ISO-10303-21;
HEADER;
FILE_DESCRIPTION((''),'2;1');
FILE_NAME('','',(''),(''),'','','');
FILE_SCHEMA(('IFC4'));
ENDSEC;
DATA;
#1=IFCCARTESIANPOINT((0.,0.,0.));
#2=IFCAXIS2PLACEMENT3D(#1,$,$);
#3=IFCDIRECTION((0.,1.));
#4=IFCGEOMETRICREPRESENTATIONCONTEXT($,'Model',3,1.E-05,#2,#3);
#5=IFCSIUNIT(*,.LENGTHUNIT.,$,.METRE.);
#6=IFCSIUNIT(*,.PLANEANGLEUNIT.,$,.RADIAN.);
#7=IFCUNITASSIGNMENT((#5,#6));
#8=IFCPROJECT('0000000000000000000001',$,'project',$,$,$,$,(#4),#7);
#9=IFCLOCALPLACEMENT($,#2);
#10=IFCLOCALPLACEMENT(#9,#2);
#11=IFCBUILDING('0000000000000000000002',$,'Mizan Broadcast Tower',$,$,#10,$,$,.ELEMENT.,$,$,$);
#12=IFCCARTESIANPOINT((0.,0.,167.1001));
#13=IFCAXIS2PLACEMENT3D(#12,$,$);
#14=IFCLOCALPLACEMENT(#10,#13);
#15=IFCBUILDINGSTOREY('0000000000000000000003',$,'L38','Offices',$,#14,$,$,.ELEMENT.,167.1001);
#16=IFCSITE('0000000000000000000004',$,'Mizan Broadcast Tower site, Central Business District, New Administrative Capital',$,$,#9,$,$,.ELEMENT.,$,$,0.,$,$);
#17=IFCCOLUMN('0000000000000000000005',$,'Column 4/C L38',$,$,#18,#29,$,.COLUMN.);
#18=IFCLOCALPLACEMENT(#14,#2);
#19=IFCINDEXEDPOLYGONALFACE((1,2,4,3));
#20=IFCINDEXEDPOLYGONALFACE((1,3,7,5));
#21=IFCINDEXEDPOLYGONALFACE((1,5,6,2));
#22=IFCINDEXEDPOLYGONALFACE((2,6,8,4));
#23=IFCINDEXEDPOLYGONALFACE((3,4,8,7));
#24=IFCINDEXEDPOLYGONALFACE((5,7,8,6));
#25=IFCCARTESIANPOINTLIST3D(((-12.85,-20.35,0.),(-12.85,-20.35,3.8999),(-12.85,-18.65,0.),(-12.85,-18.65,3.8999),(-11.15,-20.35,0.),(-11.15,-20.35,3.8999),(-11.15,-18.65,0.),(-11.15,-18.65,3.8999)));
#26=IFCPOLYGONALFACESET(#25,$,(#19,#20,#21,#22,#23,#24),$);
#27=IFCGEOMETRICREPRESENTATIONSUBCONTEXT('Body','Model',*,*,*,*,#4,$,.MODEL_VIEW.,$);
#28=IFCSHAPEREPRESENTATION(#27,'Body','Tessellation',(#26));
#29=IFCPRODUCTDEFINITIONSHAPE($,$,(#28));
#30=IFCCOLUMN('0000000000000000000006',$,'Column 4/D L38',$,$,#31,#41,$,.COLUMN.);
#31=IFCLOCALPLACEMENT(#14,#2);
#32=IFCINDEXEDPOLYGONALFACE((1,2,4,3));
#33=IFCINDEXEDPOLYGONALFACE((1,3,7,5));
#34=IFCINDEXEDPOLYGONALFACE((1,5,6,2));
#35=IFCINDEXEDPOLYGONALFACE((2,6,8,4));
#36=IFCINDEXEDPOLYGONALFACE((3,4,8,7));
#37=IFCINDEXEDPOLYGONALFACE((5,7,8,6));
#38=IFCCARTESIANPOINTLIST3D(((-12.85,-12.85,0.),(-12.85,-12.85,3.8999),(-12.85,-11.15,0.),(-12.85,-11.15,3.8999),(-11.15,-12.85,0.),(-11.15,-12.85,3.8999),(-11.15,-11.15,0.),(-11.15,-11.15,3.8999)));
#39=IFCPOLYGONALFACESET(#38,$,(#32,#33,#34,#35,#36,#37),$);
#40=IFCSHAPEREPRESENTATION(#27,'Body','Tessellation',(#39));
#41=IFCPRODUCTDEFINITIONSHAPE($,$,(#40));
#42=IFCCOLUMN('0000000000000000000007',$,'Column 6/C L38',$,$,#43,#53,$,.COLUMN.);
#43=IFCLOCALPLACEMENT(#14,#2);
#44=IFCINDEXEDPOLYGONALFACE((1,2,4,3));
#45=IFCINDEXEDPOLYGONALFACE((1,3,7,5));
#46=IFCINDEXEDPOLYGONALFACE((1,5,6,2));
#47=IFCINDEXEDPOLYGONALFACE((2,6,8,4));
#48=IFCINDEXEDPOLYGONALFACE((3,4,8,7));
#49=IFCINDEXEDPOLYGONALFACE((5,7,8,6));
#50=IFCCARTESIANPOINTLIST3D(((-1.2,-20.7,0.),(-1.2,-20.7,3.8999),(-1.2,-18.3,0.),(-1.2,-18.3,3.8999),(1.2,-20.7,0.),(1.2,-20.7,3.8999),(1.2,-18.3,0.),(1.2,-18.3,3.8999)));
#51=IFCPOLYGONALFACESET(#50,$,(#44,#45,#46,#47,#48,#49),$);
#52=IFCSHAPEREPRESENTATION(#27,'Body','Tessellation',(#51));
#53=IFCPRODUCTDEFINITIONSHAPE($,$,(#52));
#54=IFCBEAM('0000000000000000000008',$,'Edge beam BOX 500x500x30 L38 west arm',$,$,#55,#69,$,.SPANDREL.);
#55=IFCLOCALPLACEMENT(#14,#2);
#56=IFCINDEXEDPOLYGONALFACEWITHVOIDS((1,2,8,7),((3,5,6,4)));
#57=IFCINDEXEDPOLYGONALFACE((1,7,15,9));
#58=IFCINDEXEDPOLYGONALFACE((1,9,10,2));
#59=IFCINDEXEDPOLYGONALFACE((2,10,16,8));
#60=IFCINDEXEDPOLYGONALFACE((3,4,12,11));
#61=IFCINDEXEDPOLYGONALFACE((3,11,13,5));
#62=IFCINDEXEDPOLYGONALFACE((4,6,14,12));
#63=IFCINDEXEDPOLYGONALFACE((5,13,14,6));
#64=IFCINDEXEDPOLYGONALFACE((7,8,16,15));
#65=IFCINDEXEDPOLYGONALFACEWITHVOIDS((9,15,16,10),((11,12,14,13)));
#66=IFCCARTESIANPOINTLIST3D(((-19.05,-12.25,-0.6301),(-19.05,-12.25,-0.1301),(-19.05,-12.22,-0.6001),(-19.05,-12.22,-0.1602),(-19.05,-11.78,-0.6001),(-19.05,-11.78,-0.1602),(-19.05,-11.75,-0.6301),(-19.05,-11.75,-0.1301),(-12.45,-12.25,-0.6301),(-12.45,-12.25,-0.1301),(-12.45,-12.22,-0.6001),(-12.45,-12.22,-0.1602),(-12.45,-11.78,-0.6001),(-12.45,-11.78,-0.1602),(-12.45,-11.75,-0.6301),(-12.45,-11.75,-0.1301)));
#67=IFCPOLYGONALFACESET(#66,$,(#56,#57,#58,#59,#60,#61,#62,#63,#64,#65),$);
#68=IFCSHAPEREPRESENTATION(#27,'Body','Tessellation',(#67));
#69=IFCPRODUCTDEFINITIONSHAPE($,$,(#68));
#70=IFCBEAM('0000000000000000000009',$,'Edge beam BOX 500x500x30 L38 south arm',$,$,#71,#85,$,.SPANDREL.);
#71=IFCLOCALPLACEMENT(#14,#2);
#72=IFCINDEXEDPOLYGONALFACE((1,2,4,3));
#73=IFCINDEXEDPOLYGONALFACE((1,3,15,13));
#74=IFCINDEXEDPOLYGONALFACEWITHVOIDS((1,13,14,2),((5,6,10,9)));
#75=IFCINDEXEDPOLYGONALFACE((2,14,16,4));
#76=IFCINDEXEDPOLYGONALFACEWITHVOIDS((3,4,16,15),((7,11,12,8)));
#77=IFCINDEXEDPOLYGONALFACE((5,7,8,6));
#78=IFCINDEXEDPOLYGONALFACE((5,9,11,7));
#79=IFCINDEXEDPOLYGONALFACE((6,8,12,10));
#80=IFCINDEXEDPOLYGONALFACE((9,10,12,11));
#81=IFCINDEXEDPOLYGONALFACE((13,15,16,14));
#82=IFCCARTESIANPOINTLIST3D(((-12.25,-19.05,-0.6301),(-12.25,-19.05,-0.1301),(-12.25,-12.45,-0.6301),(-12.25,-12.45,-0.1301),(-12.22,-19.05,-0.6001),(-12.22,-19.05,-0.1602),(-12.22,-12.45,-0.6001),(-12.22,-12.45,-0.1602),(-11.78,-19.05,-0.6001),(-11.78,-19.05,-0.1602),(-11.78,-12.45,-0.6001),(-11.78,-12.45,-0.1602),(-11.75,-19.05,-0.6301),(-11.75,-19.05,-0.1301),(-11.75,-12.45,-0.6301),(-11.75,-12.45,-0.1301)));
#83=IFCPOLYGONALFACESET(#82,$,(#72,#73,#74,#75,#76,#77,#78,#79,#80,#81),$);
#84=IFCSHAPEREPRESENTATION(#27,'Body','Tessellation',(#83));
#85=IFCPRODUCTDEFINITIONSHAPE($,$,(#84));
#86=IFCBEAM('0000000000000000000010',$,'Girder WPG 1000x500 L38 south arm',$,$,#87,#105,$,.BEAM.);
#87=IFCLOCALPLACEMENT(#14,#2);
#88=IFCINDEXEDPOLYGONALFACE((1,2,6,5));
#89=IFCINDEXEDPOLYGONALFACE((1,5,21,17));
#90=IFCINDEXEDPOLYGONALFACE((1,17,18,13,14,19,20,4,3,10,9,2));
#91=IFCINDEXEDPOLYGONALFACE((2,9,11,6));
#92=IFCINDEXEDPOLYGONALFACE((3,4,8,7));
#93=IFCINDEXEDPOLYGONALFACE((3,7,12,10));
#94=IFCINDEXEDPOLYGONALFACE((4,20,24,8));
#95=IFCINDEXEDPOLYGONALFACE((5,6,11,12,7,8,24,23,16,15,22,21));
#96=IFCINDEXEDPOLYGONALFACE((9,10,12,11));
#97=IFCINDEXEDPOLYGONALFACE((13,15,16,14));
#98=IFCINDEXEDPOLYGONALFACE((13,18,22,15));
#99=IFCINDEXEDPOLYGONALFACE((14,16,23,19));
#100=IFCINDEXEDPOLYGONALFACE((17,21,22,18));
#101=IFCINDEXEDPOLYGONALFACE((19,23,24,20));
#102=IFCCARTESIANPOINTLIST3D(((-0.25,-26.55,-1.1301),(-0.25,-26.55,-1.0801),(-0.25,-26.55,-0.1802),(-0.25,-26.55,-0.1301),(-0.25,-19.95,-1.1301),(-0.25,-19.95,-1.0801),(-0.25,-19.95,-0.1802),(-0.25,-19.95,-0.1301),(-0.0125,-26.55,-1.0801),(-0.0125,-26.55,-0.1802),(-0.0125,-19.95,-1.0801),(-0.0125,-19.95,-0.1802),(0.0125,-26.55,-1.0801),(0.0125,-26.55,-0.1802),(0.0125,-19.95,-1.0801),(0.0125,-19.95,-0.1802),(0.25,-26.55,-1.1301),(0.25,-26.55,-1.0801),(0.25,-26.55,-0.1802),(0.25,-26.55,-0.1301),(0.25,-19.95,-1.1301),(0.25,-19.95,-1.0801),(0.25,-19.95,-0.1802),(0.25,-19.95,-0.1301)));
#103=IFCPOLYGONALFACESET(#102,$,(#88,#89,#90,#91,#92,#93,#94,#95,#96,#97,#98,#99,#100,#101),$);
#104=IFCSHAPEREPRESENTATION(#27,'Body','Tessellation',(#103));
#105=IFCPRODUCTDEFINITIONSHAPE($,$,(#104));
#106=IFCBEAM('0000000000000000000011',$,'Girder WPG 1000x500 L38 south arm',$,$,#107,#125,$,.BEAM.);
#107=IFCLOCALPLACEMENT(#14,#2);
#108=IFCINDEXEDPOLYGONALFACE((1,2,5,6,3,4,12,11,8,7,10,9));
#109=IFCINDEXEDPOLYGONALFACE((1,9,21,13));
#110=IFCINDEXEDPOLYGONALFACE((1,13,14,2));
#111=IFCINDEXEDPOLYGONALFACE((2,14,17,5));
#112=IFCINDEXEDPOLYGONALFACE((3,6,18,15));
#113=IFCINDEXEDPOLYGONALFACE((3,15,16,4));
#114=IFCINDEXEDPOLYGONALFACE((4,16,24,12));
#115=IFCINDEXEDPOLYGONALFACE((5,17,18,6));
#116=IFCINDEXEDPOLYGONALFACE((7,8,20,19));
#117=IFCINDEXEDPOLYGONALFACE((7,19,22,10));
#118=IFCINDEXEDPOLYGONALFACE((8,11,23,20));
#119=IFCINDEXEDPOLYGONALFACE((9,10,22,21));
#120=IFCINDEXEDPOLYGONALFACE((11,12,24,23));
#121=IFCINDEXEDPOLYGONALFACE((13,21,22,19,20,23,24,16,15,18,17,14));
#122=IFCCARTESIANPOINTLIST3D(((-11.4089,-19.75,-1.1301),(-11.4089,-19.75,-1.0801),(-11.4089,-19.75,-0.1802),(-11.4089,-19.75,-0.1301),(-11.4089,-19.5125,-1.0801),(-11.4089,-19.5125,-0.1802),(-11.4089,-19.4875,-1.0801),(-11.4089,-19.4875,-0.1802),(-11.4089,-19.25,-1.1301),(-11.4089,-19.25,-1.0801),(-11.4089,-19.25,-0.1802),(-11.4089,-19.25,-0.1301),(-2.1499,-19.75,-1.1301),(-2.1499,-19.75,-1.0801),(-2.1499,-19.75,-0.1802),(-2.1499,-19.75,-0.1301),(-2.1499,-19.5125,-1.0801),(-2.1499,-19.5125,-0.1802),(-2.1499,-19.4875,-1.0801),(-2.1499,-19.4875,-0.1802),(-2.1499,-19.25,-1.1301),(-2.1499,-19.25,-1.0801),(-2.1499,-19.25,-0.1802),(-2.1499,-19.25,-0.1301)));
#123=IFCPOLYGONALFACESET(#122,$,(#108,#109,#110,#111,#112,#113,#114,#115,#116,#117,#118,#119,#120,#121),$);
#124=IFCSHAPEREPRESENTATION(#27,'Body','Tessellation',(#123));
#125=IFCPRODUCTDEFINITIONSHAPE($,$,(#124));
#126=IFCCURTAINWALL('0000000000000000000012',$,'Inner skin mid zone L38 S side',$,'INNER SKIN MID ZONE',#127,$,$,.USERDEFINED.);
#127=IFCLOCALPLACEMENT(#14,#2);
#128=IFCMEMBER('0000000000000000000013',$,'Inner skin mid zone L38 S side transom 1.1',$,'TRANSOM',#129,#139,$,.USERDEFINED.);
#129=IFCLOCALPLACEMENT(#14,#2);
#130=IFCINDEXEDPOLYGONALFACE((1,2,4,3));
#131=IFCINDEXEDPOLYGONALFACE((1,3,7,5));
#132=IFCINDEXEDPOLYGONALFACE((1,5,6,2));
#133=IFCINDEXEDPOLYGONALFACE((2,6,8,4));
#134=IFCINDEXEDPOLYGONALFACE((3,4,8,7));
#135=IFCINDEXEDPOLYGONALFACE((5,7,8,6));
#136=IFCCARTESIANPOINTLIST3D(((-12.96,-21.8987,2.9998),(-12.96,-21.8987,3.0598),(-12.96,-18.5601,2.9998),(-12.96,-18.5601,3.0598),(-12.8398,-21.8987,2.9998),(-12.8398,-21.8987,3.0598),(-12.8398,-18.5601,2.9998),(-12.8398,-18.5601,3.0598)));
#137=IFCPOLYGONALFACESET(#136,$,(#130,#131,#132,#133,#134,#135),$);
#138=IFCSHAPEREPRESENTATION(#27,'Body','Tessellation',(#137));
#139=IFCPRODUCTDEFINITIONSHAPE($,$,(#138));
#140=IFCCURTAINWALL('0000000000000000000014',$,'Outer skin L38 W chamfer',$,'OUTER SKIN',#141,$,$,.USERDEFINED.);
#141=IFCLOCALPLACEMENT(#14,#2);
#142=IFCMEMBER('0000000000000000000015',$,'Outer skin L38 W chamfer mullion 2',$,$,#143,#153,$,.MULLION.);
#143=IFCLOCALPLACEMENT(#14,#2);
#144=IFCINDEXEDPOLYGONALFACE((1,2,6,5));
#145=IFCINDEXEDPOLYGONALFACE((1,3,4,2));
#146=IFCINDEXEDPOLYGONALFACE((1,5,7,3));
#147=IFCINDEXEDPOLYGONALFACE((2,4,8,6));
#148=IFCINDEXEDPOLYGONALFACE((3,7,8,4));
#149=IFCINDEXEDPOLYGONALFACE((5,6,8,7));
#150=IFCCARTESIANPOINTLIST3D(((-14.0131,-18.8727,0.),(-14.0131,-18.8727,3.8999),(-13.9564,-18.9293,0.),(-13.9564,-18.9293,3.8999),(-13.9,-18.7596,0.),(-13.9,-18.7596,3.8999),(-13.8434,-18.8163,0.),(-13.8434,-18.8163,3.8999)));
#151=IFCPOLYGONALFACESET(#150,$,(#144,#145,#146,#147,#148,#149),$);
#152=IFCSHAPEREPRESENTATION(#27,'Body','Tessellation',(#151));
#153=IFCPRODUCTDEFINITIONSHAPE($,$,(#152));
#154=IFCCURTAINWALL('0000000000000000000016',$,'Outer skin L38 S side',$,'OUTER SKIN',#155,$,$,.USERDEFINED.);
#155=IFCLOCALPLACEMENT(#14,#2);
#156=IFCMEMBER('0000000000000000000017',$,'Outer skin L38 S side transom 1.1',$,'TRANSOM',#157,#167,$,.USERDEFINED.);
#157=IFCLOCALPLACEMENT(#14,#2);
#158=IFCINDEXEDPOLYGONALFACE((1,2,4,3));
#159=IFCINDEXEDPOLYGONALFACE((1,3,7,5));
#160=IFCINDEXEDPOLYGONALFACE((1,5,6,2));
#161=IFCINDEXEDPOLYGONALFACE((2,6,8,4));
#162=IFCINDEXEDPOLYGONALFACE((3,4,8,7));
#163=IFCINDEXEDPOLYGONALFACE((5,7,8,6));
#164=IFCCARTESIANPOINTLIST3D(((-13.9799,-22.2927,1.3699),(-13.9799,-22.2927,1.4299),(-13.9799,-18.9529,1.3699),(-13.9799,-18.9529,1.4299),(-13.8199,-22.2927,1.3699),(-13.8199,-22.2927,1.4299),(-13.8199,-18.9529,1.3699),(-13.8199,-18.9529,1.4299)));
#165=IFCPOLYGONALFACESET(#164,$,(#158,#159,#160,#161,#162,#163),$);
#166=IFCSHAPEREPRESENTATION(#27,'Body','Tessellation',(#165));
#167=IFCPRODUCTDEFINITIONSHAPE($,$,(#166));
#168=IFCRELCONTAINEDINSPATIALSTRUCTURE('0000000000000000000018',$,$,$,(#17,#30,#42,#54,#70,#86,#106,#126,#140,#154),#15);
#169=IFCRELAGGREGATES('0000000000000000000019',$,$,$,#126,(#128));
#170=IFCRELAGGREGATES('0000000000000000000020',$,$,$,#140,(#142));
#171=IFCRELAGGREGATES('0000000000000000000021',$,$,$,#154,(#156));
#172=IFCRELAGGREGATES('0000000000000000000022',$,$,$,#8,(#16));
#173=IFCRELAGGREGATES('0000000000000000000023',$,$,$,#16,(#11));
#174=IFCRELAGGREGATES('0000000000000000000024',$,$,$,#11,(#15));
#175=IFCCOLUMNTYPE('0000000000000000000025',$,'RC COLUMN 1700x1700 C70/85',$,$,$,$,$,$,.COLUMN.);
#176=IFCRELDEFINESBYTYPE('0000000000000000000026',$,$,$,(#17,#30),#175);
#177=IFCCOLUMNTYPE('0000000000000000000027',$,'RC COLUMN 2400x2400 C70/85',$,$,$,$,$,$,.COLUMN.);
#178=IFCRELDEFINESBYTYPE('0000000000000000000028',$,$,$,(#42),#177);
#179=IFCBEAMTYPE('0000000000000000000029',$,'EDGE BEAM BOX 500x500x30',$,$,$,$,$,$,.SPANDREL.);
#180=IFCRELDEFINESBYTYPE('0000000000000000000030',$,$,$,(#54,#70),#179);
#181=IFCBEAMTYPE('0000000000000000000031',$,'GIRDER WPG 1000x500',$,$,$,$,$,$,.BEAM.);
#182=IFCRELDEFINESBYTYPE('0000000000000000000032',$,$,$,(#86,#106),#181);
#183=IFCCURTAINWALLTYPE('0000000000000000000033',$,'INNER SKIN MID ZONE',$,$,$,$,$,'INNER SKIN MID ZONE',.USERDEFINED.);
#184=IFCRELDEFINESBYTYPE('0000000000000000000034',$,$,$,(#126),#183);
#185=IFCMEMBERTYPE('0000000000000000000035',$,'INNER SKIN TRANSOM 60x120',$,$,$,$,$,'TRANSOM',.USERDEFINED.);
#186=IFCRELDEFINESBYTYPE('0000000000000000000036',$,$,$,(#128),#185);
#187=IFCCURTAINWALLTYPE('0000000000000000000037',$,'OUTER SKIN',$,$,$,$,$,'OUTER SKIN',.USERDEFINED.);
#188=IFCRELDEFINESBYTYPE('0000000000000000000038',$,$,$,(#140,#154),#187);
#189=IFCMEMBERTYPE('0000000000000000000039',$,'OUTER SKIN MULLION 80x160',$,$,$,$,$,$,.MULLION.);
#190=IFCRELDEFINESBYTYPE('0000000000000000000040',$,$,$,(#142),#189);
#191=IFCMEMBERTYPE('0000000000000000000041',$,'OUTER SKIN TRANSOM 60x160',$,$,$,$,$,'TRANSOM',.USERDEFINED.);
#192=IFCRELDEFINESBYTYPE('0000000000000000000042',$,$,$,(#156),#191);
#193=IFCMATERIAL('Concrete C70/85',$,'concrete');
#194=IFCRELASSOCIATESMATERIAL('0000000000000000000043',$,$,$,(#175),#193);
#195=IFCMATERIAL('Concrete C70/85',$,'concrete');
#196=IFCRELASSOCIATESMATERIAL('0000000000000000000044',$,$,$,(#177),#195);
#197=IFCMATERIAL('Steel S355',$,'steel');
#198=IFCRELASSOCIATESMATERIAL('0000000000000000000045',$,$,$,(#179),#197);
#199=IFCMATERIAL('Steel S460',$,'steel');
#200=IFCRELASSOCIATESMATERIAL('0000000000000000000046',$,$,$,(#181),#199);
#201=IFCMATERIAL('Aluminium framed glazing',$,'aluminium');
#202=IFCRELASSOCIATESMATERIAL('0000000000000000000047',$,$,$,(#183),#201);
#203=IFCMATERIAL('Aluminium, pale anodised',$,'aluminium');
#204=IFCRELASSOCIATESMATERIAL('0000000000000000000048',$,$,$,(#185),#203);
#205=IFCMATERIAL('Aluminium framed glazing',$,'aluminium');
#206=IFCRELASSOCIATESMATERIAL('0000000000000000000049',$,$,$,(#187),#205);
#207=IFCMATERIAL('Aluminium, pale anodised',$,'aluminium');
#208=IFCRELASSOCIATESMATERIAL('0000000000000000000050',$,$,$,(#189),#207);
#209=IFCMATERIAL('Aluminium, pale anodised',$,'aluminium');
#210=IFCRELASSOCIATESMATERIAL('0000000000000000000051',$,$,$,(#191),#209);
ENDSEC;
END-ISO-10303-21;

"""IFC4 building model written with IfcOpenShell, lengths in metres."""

from ifc_helpers import new_model, si_unit, direction, frame, origin, origin_2d, place, context, subcontext, project, spatial, rectangle, hollow_rectangle, i_section, extrude, material, material_profile, profile_set, type_object, element, aggregate, save


model = new_model("IFC4")

# Units and contexts
model_context = context("Model", 3, precision=1e-05, world=origin(), true_north=direction((0.0, 1.0)))
body_context = subcontext(model_context, "Body", "Model", "MODEL_VIEW")
ifc_project = project(units=[si_unit("LENGTHUNIT", "METRE"), si_unit("PLANEANGLEUNIT", "RADIAN")], contexts=[model_context])

# Site, building, storey
site_placement = place(None, origin())
site = spatial("IfcSite", under=ifc_project, at=site_placement, Name="Mizan Broadcast Tower site, Central Business District, New Administrative Capital", CompositionType="ELEMENT", RefElevation=0.0)
building_placement = place(site_placement, origin())
building = spatial("IfcBuilding", under=site, at=building_placement, Name="Mizan Broadcast Tower", CompositionType="ELEMENT")
storey_placement = place(building_placement, frame((0.0, 0.0, 167.1001)))
storey = spatial("IfcBuildingStorey", under=building, at=storey_placement, Name="L38", Description="Offices", CompositionType="ELEMENT", Elevation=167.1001)

# Columns
ifc_material_1 = material(Name="Concrete C70/85", Category="concrete")
ifc_material_profile_1 = material_profile(ifc_material_1, rectangle(XDim=1.7, YDim=1.7, at=origin_2d()), Name="RC 1700x1700")
ifc_profile_set_1 = profile_set([ifc_material_profile_1], Name="Concrete C70/85")
column_type_1 = type_object("IfcColumnType", Name="RC COLUMN 1700x1700 C70/85", PredefinedType="COLUMN", material=ifc_profile_set_1)
for number, where, z_axis, x_axis, name in (
    (1, (-12.0, -19.5, 0.0), (0.0, 0.0, 1.0), (1.0, 0.0, 0.0), "Column 4/C L38"),
    (2, (-12.0, -12.0, 0.0), (0.0, 0.0, 1.0), (1.0, 0.0, 0.0), "Column 4/D L38"),
):
    element("IfcColumn", number, at=place(storey_placement, frame(where, z_axis=z_axis, x_axis=x_axis)), inside=storey, type_object=column_type_1, Name=name, PredefinedType="COLUMN", context=body_context, shape_type="SweptSolid", body=[
        extrude(rectangle(XDim=1.7, YDim=1.7, at=origin_2d()), origin(), (0.0, 0.0, 1.0), 3.8999),
    ])
ifc_material_2 = material(Name="Concrete C70/85", Category="concrete")
ifc_material_profile_2 = material_profile(ifc_material_2, rectangle(XDim=2.3999, YDim=2.3999, at=origin_2d()), Name="RC 2400x2400")
ifc_profile_set_2 = profile_set([ifc_material_profile_2], Name="Concrete C70/85")
column_type_2 = type_object("IfcColumnType", Name="RC COLUMN 2400x2400 C70/85", PredefinedType="COLUMN", material=ifc_profile_set_2)
column_placement = place(storey_placement, frame((0.0, -19.5, 0.0), z_axis=(0.0, 0.0, 1.0), x_axis=(1.0, 0.0, 0.0)))
element("IfcColumn", 3, at=column_placement, inside=storey, type_object=column_type_2, Name="Column 6/C L38", PredefinedType="COLUMN", context=body_context, shape_type="SweptSolid", body=[
    extrude(rectangle(XDim=2.3999, YDim=2.3999, at=origin_2d()), origin(), (0.0, 0.0, 1.0), 3.8999),
])

# Beams
ifc_material_3 = material(Name="Steel S355", Category="steel")
ifc_material_profile_3 = material_profile(ifc_material_3, hollow_rectangle(XDim=0.5, YDim=0.5, WallThickness=0.03, at=origin_2d()), Name="BOX 500x500x30")
ifc_profile_set_3 = profile_set([ifc_material_profile_3], Name="Steel S355")
beam_type_1 = type_object("IfcBeamType", Name="EDGE BEAM BOX 500x500x30", PredefinedType="SPANDREL", material=ifc_profile_set_3)
for number, where, z_axis, x_axis, name in (
    (4, (-12.45, -12.0, -0.3801), (-1.0, 0.0, 0.0), (0.0, -1.0, 0.0), "Edge beam BOX 500x500x30 L38 west arm"),
    (5, (-12.0, -12.45, -0.3801), (0.0, -1.0, 0.0), (1.0, 0.0, 0.0), "Edge beam BOX 500x500x30 L38 south arm"),
):
    element("IfcBeam", number, at=place(storey_placement, frame(where, z_axis=z_axis, x_axis=x_axis)), inside=storey, type_object=beam_type_1, Name=name, PredefinedType="SPANDREL", context=body_context, shape_type="SweptSolid", body=[
        extrude(hollow_rectangle(XDim=0.5, YDim=0.5, WallThickness=0.03, at=origin_2d()), origin(), (0.0, 0.0, 1.0), 6.6001),
    ])
ifc_material_4 = material(Name="Steel S460", Category="steel")
ifc_material_profile_4 = material_profile(ifc_material_4, i_section(OverallWidth=0.5, OverallDepth=1.0, WebThickness=0.0249, FlangeThickness=0.05, at=origin_2d()), Name="WPG 1000x500")
ifc_profile_set_4 = profile_set([ifc_material_profile_4], Name="Steel S460")
beam_type_2 = type_object("IfcBeamType", Name="GIRDER WPG 1000x500", PredefinedType="BEAM", material=ifc_profile_set_4)
beam_1_placement = place(storey_placement, frame((0.0, -19.95, -0.6301), z_axis=(0.0, -1.0, 0.0), x_axis=(1.0, 0.0, 0.0)))
element("IfcBeam", 6, at=beam_1_placement, inside=storey, type_object=beam_type_2, Name="Girder WPG 1000x500 L38 south arm", PredefinedType="BEAM", context=body_context, shape_type="SweptSolid", body=[
    extrude(i_section(OverallWidth=0.5, OverallDepth=1.0, WebThickness=0.0249, FlangeThickness=0.05, at=origin_2d()), origin(), (0.0, 0.0, 1.0), 6.6001),
])
beam_2_placement = place(storey_placement, frame((-11.4089, -19.5, -0.6301), z_axis=(1.0, 0.0, 0.0), x_axis=(0.0, 1.0, 0.0)))
element("IfcBeam", 7, at=beam_2_placement, inside=storey, type_object=beam_type_2, Name="Girder WPG 1000x500 L38 south arm", PredefinedType="BEAM", context=body_context, shape_type="SweptSolid", body=[
    extrude(i_section(OverallWidth=0.5, OverallDepth=1.0, WebThickness=0.0249, FlangeThickness=0.05, at=origin_2d()), origin(), (0.0, 0.0, 1.0), 9.259),
])

# Curtain walls, members
ifc_material_5 = material(Name="Aluminium framed glazing", Category="aluminium")
curtain_wall_type_1 = type_object("IfcCurtainWallType", Name="INNER SKIN MID ZONE", ElementType="INNER SKIN MID ZONE", PredefinedType="USERDEFINED", material=ifc_material_5)
curtain_wall_1_placement = place(storey_placement, origin())
curtain_wall_1 = element("IfcCurtainWall", 8, at=curtain_wall_1_placement, inside=storey, type_object=curtain_wall_type_1, Name="Inner skin mid zone L38 S side", ObjectType="INNER SKIN MID ZONE", PredefinedType="USERDEFINED")
ifc_material_6 = material(Name="Aluminium, pale anodised", Category="aluminium")
ifc_material_profile_5 = material_profile(ifc_material_6, rectangle(XDim=0.1201, YDim=0.0601, at=origin_2d()), Name="TRANSOM 120x60")
ifc_profile_set_5 = profile_set([ifc_material_profile_5], Name="Aluminium, pale anodised")
member_type_1 = type_object("IfcMemberType", Name="INNER SKIN TRANSOM 60x120", ElementType="TRANSOM", PredefinedType="USERDEFINED", material=ifc_profile_set_5)
member_1_placement = place(storey_placement, frame((-12.8999, -18.5601, 3.0298), z_axis=(0.0, -1.0, 0.0), x_axis=(1.0, 0.0, 0.0)))
member_1 = element("IfcMember", 9, at=member_1_placement, type_object=member_type_1, Name="Inner skin mid zone L38 S side transom 1.1", ObjectType="TRANSOM", PredefinedType="USERDEFINED", context=body_context, shape_type="SweptSolid", body=[
    extrude(rectangle(XDim=0.1201, YDim=0.0601, at=origin_2d()), origin(), (0.0, 0.0, 1.0), 3.3386),
])
aggregate(curtain_wall_1, [member_1])
ifc_material_7 = material(Name="Aluminium framed glazing", Category="aluminium")
curtain_wall_type_2 = type_object("IfcCurtainWallType", Name="OUTER SKIN", ElementType="OUTER SKIN", PredefinedType="USERDEFINED", material=ifc_material_7)
curtain_wall_2_placement = place(storey_placement, origin())
curtain_wall_2 = element("IfcCurtainWall", 10, at=curtain_wall_2_placement, inside=storey, type_object=curtain_wall_type_2, Name="Outer skin L38 W chamfer", ObjectType="OUTER SKIN", PredefinedType="USERDEFINED")
ifc_material_8 = material(Name="Aluminium, pale anodised", Category="aluminium")
ifc_material_profile_6 = material_profile(ifc_material_8, rectangle(XDim=0.1599, YDim=0.0801, at=origin_2d()), Name="MULLION 160x80")
ifc_profile_set_6 = profile_set([ifc_material_profile_6], Name="Aluminium, pale anodised")
member_type_2 = type_object("IfcMemberType", Name="OUTER SKIN MULLION 80x160", PredefinedType="MULLION", material=ifc_profile_set_6)
member_2_placement = place(storey_placement, frame((-13.9282, -18.8445, 0.0), z_axis=(0.0, 0.0, 1.0), x_axis=(0.707107, 0.707107, 0.0)))
member_2 = element("IfcMember", 11, at=member_2_placement, type_object=member_type_2, Name="Outer skin L38 W chamfer mullion 2", PredefinedType="MULLION", context=body_context, shape_type="SweptSolid", body=[
    extrude(rectangle(XDim=0.1599, YDim=0.0801, at=origin_2d()), origin(), (0.0, 0.0, 1.0), 3.8999),
])
aggregate(curtain_wall_2, [member_2])
curtain_wall_3_placement = place(storey_placement, origin())
curtain_wall_3 = element("IfcCurtainWall", 12, at=curtain_wall_3_placement, inside=storey, type_object=curtain_wall_type_2, Name="Outer skin L38 S side", ObjectType="OUTER SKIN", PredefinedType="USERDEFINED")
ifc_material_9 = material(Name="Aluminium, pale anodised", Category="aluminium")
ifc_material_profile_7 = material_profile(ifc_material_9, rectangle(XDim=0.1599, YDim=0.0601, at=origin_2d()), Name="TRANSOM 160x60")
ifc_profile_set_7 = profile_set([ifc_material_profile_7], Name="Aluminium, pale anodised")
member_type_3 = type_object("IfcMemberType", Name="OUTER SKIN TRANSOM 60x160", ElementType="TRANSOM", PredefinedType="USERDEFINED", material=ifc_profile_set_7)
member_3_placement = place(storey_placement, frame((-13.8999, -18.9529, 1.3999), z_axis=(0.0, -1.0, 0.0), x_axis=(1.0, 0.0, 0.0)))
member_3 = element("IfcMember", 13, at=member_3_placement, type_object=member_type_3, Name="Outer skin L38 S side transom 1.1", ObjectType="TRANSOM", PredefinedType="USERDEFINED", context=body_context, shape_type="SweptSolid", body=[
    extrude(rectangle(XDim=0.1599, YDim=0.0601, at=origin_2d()), origin(), (0.0, 0.0, 1.0), 3.3398),
])
aggregate(curtain_wall_3, [member_3])

save(model, "model.ifc")
